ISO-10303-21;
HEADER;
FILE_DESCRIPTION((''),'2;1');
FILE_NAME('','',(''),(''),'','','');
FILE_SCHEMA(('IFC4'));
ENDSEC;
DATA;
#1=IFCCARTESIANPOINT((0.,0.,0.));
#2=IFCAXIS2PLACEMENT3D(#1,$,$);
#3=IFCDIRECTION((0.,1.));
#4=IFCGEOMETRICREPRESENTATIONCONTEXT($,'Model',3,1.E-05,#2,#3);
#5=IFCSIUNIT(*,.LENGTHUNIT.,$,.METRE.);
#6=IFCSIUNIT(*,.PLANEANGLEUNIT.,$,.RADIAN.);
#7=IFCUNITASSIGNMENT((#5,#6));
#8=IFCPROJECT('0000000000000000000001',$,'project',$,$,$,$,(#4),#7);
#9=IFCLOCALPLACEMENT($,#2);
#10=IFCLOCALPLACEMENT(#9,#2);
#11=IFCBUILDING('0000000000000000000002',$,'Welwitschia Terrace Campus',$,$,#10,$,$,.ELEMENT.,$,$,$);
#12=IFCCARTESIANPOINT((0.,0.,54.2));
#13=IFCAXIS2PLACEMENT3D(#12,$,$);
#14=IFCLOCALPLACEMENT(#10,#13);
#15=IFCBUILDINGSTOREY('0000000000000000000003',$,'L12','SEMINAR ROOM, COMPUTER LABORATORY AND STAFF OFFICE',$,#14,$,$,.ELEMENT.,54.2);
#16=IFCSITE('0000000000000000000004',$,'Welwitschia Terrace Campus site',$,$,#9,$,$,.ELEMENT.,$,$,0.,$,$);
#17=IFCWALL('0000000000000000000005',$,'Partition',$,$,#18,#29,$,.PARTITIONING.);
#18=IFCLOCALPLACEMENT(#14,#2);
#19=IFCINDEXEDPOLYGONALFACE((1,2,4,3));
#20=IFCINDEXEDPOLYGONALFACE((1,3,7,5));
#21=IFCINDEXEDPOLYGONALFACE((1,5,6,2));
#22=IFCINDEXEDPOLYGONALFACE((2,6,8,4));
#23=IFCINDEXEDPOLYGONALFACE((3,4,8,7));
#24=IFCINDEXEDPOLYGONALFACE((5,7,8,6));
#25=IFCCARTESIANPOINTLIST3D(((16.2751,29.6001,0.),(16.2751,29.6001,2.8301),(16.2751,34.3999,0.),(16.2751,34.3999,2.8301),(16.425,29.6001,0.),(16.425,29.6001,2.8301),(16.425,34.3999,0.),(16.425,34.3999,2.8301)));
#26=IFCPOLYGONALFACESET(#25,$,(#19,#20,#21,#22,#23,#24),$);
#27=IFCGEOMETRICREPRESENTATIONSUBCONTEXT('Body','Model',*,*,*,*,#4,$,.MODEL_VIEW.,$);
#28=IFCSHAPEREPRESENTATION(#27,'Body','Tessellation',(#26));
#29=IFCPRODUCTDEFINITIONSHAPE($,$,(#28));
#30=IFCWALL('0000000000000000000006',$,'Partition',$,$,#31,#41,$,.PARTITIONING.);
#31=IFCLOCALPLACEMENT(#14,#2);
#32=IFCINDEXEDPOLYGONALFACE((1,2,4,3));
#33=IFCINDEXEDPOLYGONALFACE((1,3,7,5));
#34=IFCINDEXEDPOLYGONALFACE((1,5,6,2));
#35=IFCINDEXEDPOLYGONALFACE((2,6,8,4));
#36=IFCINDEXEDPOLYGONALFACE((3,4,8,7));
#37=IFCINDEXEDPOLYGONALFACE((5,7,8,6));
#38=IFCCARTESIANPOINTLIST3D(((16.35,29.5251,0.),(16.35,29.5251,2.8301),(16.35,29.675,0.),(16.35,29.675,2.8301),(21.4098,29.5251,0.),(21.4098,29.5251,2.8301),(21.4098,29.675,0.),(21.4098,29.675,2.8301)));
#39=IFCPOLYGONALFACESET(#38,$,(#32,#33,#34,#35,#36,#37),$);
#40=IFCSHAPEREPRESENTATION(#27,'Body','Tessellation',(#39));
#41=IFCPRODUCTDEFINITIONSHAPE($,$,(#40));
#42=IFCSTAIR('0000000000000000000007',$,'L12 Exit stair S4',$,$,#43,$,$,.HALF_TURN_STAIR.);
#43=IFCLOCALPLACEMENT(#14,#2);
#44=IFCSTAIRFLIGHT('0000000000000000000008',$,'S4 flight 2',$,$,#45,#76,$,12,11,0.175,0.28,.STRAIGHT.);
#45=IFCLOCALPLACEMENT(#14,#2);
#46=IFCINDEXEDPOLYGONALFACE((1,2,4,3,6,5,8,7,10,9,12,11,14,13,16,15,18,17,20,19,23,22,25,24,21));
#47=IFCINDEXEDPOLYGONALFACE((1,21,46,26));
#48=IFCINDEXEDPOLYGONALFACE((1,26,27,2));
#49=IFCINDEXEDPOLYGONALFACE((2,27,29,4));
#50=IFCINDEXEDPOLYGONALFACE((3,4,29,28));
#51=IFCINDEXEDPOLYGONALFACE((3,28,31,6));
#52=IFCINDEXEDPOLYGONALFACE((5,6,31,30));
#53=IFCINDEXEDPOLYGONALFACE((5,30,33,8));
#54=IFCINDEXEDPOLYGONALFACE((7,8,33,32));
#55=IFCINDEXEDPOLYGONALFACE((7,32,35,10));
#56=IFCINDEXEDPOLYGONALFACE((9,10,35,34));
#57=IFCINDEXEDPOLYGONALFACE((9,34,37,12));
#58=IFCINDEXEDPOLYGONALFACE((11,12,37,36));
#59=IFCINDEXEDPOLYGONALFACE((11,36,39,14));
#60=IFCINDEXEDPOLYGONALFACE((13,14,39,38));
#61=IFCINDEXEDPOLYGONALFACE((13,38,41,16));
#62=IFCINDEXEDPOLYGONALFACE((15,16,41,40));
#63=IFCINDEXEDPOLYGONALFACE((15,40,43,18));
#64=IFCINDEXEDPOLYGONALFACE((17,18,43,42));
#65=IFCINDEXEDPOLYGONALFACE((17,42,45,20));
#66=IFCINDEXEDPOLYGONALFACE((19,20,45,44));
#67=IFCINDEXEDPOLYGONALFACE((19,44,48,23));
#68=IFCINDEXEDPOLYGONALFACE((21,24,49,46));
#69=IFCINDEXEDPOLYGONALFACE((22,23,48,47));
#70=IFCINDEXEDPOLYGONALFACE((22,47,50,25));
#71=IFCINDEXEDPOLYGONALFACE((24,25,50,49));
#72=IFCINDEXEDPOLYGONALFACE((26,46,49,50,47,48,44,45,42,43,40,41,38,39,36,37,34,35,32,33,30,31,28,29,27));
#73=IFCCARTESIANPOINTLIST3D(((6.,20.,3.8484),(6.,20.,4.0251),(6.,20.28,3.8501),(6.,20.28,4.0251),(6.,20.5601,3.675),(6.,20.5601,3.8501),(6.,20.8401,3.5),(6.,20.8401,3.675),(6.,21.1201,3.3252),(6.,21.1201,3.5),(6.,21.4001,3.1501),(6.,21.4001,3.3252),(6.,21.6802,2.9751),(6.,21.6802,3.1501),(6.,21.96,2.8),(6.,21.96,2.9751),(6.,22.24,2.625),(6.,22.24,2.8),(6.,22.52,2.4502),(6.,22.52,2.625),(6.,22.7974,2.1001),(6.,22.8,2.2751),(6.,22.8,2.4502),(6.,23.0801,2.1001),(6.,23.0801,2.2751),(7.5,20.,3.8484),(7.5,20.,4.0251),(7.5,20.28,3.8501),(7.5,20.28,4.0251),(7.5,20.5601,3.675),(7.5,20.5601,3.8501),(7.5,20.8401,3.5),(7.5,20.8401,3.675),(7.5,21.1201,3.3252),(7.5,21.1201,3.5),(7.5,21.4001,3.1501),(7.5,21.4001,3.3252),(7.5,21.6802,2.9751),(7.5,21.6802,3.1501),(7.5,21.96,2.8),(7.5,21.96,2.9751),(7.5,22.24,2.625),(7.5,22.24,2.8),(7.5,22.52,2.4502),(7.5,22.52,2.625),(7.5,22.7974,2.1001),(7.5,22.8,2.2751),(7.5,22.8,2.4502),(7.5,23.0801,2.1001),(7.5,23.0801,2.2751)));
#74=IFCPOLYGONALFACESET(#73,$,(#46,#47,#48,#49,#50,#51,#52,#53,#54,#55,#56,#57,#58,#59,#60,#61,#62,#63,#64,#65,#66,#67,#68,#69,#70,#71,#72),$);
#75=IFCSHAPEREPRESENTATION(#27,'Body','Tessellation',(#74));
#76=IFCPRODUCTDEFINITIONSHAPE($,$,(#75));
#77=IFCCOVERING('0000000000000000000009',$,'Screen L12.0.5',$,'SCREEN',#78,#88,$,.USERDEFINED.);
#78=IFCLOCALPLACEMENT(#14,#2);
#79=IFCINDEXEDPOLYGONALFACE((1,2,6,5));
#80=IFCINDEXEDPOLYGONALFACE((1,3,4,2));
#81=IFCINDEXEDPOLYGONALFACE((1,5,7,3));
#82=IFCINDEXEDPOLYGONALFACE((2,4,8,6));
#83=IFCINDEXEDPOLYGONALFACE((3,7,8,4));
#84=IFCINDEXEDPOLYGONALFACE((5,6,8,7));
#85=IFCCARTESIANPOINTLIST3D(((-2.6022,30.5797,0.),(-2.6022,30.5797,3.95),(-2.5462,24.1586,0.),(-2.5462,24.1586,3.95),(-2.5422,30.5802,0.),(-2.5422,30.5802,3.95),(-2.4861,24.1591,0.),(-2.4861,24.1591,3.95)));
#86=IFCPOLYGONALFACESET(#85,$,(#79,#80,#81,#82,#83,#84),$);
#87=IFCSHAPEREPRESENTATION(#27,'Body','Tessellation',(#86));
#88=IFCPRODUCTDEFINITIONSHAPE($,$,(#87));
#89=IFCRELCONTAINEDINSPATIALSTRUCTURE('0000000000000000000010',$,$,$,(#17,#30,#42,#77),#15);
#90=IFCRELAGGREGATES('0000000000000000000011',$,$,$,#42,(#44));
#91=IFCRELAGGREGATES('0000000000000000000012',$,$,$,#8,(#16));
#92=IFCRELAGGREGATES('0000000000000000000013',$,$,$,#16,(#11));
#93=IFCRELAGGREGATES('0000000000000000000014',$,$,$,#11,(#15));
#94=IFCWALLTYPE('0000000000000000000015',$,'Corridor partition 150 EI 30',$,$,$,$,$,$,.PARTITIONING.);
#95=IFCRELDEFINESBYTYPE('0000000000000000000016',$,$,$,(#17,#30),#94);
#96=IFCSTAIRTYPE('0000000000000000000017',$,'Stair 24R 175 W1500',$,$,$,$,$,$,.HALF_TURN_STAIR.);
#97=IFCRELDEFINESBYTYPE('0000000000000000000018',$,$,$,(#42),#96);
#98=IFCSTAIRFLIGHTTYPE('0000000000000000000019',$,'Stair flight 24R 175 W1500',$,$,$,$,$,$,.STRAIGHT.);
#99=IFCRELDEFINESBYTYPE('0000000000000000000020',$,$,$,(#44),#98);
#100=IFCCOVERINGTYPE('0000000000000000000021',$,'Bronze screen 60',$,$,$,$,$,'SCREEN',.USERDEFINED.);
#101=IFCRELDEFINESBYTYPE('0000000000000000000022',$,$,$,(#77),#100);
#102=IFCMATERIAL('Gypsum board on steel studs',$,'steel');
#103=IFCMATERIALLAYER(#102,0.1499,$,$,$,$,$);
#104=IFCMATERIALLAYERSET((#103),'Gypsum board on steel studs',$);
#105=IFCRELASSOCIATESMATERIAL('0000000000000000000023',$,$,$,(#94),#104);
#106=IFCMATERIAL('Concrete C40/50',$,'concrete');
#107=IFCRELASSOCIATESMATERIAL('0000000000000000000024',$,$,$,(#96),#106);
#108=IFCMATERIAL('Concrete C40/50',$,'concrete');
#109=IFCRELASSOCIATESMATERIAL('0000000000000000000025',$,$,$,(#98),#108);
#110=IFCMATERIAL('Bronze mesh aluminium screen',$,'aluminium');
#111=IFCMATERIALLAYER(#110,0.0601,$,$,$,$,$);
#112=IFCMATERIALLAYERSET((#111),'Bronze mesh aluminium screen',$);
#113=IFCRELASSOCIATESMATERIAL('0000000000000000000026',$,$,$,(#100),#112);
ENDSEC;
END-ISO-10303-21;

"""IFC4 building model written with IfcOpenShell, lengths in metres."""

from ifc_helpers import new_model, si_unit, direction, frame, frame_2d, origin, origin_2d, place, context, subcontext, project, spatial, polyline, rectangle, outline, extrude, material, layer, layer_set, type_object, element, aggregate, save


model = new_model("IFC4")

# Units and contexts
model_context = context("Model", 3, precision=1e-05, world=origin(), true_north=direction((0.0, 1.0)))
body_context = subcontext(model_context, "Body", "Model", "MODEL_VIEW")
ifc_project = project(units=[si_unit("LENGTHUNIT", "METRE"), si_unit("PLANEANGLEUNIT", "RADIAN")], contexts=[model_context])

# Site, building, storey
site_placement = place(None, origin())
site = spatial("IfcSite", under=ifc_project, at=site_placement, Name="Welwitschia Terrace Campus site", CompositionType="ELEMENT", RefElevation=0.0)
building_placement = place(site_placement, origin())
building = spatial("IfcBuilding", under=site, at=building_placement, Name="Welwitschia Terrace Campus", CompositionType="ELEMENT")
storey_placement = place(building_placement, frame((0.0, 0.0, 54.2)))
storey = spatial("IfcBuildingStorey", under=building, at=storey_placement, Name="L12", Description="SEMINAR ROOM, COMPUTER LABORATORY AND STAFF OFFICE", CompositionType="ELEMENT", Elevation=54.2)

# Shared definitions
ifc_material_1 = material(Name="Gypsum board on steel studs", Category="steel")
ifc_layer_1 = layer(ifc_material_1, 0.1499)
ifc_layer_set_1 = layer_set([ifc_layer_1], Name="Gypsum board on steel studs")
wall_type_1 = type_object("IfcWallType", Name="Corridor partition 150 EI 30", PredefinedType="PARTITIONING", material=ifc_layer_set_1)

# Walls
wall_1_placement = place(storey_placement, frame((16.3501, 29.6001, 0.0), z_axis=(0.0, 0.0, 1.0), x_axis=(0.0, 1.0, 0.0)))
element("IfcWall", 1, at=wall_1_placement, inside=storey, type_object=wall_type_1, Name="Partition", PredefinedType="PARTITIONING", context=body_context, shape_type="SweptSolid", body=[
    extrude(rectangle(XDim=4.7998, YDim=0.1499, at=frame_2d((2.3999, 0.0))), origin(), (0.0, 0.0, 1.0), 2.8301),
])
wall_2_placement = place(storey_placement, frame((16.3501, 29.6001, 0.0), z_axis=(0.0, 0.0, 1.0), x_axis=(1.0, 0.0, 0.0)))
element("IfcWall", 2, at=wall_2_placement, inside=storey, type_object=wall_type_1, Name="Partition", PredefinedType="PARTITIONING", context=body_context, shape_type="SweptSolid", body=[
    extrude(rectangle(XDim=5.0598, YDim=0.1499, at=frame_2d((2.5298, 0.0))), origin(), (0.0, 0.0, 1.0), 2.8301),
])

# Stair, stair flight
ifc_material_2 = material(Name="Concrete C40/50", Category="concrete")
stair_type = type_object("IfcStairType", Name="Stair 24R 175 W1500", PredefinedType="HALF_TURN_STAIR", material=ifc_material_2)
stair_placement = place(storey_placement, origin())
stair = element("IfcStair", 3, at=stair_placement, inside=storey, type_object=stair_type, Name="L12 Exit stair S4", PredefinedType="HALF_TURN_STAIR")
ifc_material_3 = material(Name="Concrete C40/50", Category="concrete")
stair_flight_type = type_object("IfcStairFlightType", Name="Stair flight 24R 175 W1500", PredefinedType="STRAIGHT", material=ifc_material_3)
stair_flight_placement = place(storey_placement, frame((6.75, 23.0801, 2.1001), z_axis=(0.0, 0.0, 1.0), x_axis=(0.0, -1.0, 0.0)))
stair_flight = element("IfcStairFlight", 4, at=stair_flight_placement, type_object=stair_flight_type, Name="S4 flight 2", NumberOfRisers=12, NumberOfTreads=11, PredefinedType="STRAIGHT", RiserHeight=0.175, TreadLength=0.28, context=body_context, shape_type="SweptSolid", body=[
    extrude(outline(polyline([(0.0, 0.0), (0.0, 0.175), (0.28, 0.175), (0.28, 0.3501), (0.5601, 0.3501), (0.5601, 0.5249), (0.8401, 0.5249), (0.8401, 0.7), (1.1201, 0.7), (1.1201, 0.875), (1.3999, 0.875), (1.3999, 1.05), (1.6799, 1.05), (1.6799, 1.2251), (1.96, 1.2251), (1.96, 1.3999), (2.24, 1.3999), (2.24, 1.575), (2.52, 1.575), (2.52, 1.75), (2.8, 1.75), (2.8, 1.925), (3.0801, 1.925), (3.0801, 2.1001), (3.0801, 1.7483), (0.2827, 0.0), (0.0, 0.0)])), frame((0.0, 0.75, 0.0), z_axis=(0.0, -1.0, 0.0), x_axis=(1.0, 0.0, 0.0)), (0.0, 0.0, 1.0), 1.5),
])
aggregate(stair, [stair_flight])

# Covering
ifc_material_4 = material(Name="Bronze mesh aluminium screen", Category="aluminium")
ifc_layer_2 = layer(ifc_material_4, 0.0601)
ifc_layer_set_2 = layer_set([ifc_layer_2], Name="Bronze mesh aluminium screen")
covering_type = type_object("IfcCoveringType", Name="Bronze screen 60", ElementType="SCREEN", PredefinedType="USERDEFINED", material=ifc_layer_set_2)
covering_placement = place(storey_placement, frame((-2.5442, 27.3694, 0.0), z_axis=(0.0, 0.0, 1.0), x_axis=(0.008727, -0.999962, 0.0)))
element("IfcCovering", 5, at=covering_placement, inside=storey, type_object=covering_type, Name="Screen L12.0.5", ObjectType="SCREEN", PredefinedType="USERDEFINED", context=body_context, shape_type="SweptSolid", body=[
    extrude(rectangle(XDim=6.4214, YDim=0.0601, at=origin_2d()), origin(), (0.0, 0.0, 1.0), 3.95),
])

save(model, "model.ifc")
